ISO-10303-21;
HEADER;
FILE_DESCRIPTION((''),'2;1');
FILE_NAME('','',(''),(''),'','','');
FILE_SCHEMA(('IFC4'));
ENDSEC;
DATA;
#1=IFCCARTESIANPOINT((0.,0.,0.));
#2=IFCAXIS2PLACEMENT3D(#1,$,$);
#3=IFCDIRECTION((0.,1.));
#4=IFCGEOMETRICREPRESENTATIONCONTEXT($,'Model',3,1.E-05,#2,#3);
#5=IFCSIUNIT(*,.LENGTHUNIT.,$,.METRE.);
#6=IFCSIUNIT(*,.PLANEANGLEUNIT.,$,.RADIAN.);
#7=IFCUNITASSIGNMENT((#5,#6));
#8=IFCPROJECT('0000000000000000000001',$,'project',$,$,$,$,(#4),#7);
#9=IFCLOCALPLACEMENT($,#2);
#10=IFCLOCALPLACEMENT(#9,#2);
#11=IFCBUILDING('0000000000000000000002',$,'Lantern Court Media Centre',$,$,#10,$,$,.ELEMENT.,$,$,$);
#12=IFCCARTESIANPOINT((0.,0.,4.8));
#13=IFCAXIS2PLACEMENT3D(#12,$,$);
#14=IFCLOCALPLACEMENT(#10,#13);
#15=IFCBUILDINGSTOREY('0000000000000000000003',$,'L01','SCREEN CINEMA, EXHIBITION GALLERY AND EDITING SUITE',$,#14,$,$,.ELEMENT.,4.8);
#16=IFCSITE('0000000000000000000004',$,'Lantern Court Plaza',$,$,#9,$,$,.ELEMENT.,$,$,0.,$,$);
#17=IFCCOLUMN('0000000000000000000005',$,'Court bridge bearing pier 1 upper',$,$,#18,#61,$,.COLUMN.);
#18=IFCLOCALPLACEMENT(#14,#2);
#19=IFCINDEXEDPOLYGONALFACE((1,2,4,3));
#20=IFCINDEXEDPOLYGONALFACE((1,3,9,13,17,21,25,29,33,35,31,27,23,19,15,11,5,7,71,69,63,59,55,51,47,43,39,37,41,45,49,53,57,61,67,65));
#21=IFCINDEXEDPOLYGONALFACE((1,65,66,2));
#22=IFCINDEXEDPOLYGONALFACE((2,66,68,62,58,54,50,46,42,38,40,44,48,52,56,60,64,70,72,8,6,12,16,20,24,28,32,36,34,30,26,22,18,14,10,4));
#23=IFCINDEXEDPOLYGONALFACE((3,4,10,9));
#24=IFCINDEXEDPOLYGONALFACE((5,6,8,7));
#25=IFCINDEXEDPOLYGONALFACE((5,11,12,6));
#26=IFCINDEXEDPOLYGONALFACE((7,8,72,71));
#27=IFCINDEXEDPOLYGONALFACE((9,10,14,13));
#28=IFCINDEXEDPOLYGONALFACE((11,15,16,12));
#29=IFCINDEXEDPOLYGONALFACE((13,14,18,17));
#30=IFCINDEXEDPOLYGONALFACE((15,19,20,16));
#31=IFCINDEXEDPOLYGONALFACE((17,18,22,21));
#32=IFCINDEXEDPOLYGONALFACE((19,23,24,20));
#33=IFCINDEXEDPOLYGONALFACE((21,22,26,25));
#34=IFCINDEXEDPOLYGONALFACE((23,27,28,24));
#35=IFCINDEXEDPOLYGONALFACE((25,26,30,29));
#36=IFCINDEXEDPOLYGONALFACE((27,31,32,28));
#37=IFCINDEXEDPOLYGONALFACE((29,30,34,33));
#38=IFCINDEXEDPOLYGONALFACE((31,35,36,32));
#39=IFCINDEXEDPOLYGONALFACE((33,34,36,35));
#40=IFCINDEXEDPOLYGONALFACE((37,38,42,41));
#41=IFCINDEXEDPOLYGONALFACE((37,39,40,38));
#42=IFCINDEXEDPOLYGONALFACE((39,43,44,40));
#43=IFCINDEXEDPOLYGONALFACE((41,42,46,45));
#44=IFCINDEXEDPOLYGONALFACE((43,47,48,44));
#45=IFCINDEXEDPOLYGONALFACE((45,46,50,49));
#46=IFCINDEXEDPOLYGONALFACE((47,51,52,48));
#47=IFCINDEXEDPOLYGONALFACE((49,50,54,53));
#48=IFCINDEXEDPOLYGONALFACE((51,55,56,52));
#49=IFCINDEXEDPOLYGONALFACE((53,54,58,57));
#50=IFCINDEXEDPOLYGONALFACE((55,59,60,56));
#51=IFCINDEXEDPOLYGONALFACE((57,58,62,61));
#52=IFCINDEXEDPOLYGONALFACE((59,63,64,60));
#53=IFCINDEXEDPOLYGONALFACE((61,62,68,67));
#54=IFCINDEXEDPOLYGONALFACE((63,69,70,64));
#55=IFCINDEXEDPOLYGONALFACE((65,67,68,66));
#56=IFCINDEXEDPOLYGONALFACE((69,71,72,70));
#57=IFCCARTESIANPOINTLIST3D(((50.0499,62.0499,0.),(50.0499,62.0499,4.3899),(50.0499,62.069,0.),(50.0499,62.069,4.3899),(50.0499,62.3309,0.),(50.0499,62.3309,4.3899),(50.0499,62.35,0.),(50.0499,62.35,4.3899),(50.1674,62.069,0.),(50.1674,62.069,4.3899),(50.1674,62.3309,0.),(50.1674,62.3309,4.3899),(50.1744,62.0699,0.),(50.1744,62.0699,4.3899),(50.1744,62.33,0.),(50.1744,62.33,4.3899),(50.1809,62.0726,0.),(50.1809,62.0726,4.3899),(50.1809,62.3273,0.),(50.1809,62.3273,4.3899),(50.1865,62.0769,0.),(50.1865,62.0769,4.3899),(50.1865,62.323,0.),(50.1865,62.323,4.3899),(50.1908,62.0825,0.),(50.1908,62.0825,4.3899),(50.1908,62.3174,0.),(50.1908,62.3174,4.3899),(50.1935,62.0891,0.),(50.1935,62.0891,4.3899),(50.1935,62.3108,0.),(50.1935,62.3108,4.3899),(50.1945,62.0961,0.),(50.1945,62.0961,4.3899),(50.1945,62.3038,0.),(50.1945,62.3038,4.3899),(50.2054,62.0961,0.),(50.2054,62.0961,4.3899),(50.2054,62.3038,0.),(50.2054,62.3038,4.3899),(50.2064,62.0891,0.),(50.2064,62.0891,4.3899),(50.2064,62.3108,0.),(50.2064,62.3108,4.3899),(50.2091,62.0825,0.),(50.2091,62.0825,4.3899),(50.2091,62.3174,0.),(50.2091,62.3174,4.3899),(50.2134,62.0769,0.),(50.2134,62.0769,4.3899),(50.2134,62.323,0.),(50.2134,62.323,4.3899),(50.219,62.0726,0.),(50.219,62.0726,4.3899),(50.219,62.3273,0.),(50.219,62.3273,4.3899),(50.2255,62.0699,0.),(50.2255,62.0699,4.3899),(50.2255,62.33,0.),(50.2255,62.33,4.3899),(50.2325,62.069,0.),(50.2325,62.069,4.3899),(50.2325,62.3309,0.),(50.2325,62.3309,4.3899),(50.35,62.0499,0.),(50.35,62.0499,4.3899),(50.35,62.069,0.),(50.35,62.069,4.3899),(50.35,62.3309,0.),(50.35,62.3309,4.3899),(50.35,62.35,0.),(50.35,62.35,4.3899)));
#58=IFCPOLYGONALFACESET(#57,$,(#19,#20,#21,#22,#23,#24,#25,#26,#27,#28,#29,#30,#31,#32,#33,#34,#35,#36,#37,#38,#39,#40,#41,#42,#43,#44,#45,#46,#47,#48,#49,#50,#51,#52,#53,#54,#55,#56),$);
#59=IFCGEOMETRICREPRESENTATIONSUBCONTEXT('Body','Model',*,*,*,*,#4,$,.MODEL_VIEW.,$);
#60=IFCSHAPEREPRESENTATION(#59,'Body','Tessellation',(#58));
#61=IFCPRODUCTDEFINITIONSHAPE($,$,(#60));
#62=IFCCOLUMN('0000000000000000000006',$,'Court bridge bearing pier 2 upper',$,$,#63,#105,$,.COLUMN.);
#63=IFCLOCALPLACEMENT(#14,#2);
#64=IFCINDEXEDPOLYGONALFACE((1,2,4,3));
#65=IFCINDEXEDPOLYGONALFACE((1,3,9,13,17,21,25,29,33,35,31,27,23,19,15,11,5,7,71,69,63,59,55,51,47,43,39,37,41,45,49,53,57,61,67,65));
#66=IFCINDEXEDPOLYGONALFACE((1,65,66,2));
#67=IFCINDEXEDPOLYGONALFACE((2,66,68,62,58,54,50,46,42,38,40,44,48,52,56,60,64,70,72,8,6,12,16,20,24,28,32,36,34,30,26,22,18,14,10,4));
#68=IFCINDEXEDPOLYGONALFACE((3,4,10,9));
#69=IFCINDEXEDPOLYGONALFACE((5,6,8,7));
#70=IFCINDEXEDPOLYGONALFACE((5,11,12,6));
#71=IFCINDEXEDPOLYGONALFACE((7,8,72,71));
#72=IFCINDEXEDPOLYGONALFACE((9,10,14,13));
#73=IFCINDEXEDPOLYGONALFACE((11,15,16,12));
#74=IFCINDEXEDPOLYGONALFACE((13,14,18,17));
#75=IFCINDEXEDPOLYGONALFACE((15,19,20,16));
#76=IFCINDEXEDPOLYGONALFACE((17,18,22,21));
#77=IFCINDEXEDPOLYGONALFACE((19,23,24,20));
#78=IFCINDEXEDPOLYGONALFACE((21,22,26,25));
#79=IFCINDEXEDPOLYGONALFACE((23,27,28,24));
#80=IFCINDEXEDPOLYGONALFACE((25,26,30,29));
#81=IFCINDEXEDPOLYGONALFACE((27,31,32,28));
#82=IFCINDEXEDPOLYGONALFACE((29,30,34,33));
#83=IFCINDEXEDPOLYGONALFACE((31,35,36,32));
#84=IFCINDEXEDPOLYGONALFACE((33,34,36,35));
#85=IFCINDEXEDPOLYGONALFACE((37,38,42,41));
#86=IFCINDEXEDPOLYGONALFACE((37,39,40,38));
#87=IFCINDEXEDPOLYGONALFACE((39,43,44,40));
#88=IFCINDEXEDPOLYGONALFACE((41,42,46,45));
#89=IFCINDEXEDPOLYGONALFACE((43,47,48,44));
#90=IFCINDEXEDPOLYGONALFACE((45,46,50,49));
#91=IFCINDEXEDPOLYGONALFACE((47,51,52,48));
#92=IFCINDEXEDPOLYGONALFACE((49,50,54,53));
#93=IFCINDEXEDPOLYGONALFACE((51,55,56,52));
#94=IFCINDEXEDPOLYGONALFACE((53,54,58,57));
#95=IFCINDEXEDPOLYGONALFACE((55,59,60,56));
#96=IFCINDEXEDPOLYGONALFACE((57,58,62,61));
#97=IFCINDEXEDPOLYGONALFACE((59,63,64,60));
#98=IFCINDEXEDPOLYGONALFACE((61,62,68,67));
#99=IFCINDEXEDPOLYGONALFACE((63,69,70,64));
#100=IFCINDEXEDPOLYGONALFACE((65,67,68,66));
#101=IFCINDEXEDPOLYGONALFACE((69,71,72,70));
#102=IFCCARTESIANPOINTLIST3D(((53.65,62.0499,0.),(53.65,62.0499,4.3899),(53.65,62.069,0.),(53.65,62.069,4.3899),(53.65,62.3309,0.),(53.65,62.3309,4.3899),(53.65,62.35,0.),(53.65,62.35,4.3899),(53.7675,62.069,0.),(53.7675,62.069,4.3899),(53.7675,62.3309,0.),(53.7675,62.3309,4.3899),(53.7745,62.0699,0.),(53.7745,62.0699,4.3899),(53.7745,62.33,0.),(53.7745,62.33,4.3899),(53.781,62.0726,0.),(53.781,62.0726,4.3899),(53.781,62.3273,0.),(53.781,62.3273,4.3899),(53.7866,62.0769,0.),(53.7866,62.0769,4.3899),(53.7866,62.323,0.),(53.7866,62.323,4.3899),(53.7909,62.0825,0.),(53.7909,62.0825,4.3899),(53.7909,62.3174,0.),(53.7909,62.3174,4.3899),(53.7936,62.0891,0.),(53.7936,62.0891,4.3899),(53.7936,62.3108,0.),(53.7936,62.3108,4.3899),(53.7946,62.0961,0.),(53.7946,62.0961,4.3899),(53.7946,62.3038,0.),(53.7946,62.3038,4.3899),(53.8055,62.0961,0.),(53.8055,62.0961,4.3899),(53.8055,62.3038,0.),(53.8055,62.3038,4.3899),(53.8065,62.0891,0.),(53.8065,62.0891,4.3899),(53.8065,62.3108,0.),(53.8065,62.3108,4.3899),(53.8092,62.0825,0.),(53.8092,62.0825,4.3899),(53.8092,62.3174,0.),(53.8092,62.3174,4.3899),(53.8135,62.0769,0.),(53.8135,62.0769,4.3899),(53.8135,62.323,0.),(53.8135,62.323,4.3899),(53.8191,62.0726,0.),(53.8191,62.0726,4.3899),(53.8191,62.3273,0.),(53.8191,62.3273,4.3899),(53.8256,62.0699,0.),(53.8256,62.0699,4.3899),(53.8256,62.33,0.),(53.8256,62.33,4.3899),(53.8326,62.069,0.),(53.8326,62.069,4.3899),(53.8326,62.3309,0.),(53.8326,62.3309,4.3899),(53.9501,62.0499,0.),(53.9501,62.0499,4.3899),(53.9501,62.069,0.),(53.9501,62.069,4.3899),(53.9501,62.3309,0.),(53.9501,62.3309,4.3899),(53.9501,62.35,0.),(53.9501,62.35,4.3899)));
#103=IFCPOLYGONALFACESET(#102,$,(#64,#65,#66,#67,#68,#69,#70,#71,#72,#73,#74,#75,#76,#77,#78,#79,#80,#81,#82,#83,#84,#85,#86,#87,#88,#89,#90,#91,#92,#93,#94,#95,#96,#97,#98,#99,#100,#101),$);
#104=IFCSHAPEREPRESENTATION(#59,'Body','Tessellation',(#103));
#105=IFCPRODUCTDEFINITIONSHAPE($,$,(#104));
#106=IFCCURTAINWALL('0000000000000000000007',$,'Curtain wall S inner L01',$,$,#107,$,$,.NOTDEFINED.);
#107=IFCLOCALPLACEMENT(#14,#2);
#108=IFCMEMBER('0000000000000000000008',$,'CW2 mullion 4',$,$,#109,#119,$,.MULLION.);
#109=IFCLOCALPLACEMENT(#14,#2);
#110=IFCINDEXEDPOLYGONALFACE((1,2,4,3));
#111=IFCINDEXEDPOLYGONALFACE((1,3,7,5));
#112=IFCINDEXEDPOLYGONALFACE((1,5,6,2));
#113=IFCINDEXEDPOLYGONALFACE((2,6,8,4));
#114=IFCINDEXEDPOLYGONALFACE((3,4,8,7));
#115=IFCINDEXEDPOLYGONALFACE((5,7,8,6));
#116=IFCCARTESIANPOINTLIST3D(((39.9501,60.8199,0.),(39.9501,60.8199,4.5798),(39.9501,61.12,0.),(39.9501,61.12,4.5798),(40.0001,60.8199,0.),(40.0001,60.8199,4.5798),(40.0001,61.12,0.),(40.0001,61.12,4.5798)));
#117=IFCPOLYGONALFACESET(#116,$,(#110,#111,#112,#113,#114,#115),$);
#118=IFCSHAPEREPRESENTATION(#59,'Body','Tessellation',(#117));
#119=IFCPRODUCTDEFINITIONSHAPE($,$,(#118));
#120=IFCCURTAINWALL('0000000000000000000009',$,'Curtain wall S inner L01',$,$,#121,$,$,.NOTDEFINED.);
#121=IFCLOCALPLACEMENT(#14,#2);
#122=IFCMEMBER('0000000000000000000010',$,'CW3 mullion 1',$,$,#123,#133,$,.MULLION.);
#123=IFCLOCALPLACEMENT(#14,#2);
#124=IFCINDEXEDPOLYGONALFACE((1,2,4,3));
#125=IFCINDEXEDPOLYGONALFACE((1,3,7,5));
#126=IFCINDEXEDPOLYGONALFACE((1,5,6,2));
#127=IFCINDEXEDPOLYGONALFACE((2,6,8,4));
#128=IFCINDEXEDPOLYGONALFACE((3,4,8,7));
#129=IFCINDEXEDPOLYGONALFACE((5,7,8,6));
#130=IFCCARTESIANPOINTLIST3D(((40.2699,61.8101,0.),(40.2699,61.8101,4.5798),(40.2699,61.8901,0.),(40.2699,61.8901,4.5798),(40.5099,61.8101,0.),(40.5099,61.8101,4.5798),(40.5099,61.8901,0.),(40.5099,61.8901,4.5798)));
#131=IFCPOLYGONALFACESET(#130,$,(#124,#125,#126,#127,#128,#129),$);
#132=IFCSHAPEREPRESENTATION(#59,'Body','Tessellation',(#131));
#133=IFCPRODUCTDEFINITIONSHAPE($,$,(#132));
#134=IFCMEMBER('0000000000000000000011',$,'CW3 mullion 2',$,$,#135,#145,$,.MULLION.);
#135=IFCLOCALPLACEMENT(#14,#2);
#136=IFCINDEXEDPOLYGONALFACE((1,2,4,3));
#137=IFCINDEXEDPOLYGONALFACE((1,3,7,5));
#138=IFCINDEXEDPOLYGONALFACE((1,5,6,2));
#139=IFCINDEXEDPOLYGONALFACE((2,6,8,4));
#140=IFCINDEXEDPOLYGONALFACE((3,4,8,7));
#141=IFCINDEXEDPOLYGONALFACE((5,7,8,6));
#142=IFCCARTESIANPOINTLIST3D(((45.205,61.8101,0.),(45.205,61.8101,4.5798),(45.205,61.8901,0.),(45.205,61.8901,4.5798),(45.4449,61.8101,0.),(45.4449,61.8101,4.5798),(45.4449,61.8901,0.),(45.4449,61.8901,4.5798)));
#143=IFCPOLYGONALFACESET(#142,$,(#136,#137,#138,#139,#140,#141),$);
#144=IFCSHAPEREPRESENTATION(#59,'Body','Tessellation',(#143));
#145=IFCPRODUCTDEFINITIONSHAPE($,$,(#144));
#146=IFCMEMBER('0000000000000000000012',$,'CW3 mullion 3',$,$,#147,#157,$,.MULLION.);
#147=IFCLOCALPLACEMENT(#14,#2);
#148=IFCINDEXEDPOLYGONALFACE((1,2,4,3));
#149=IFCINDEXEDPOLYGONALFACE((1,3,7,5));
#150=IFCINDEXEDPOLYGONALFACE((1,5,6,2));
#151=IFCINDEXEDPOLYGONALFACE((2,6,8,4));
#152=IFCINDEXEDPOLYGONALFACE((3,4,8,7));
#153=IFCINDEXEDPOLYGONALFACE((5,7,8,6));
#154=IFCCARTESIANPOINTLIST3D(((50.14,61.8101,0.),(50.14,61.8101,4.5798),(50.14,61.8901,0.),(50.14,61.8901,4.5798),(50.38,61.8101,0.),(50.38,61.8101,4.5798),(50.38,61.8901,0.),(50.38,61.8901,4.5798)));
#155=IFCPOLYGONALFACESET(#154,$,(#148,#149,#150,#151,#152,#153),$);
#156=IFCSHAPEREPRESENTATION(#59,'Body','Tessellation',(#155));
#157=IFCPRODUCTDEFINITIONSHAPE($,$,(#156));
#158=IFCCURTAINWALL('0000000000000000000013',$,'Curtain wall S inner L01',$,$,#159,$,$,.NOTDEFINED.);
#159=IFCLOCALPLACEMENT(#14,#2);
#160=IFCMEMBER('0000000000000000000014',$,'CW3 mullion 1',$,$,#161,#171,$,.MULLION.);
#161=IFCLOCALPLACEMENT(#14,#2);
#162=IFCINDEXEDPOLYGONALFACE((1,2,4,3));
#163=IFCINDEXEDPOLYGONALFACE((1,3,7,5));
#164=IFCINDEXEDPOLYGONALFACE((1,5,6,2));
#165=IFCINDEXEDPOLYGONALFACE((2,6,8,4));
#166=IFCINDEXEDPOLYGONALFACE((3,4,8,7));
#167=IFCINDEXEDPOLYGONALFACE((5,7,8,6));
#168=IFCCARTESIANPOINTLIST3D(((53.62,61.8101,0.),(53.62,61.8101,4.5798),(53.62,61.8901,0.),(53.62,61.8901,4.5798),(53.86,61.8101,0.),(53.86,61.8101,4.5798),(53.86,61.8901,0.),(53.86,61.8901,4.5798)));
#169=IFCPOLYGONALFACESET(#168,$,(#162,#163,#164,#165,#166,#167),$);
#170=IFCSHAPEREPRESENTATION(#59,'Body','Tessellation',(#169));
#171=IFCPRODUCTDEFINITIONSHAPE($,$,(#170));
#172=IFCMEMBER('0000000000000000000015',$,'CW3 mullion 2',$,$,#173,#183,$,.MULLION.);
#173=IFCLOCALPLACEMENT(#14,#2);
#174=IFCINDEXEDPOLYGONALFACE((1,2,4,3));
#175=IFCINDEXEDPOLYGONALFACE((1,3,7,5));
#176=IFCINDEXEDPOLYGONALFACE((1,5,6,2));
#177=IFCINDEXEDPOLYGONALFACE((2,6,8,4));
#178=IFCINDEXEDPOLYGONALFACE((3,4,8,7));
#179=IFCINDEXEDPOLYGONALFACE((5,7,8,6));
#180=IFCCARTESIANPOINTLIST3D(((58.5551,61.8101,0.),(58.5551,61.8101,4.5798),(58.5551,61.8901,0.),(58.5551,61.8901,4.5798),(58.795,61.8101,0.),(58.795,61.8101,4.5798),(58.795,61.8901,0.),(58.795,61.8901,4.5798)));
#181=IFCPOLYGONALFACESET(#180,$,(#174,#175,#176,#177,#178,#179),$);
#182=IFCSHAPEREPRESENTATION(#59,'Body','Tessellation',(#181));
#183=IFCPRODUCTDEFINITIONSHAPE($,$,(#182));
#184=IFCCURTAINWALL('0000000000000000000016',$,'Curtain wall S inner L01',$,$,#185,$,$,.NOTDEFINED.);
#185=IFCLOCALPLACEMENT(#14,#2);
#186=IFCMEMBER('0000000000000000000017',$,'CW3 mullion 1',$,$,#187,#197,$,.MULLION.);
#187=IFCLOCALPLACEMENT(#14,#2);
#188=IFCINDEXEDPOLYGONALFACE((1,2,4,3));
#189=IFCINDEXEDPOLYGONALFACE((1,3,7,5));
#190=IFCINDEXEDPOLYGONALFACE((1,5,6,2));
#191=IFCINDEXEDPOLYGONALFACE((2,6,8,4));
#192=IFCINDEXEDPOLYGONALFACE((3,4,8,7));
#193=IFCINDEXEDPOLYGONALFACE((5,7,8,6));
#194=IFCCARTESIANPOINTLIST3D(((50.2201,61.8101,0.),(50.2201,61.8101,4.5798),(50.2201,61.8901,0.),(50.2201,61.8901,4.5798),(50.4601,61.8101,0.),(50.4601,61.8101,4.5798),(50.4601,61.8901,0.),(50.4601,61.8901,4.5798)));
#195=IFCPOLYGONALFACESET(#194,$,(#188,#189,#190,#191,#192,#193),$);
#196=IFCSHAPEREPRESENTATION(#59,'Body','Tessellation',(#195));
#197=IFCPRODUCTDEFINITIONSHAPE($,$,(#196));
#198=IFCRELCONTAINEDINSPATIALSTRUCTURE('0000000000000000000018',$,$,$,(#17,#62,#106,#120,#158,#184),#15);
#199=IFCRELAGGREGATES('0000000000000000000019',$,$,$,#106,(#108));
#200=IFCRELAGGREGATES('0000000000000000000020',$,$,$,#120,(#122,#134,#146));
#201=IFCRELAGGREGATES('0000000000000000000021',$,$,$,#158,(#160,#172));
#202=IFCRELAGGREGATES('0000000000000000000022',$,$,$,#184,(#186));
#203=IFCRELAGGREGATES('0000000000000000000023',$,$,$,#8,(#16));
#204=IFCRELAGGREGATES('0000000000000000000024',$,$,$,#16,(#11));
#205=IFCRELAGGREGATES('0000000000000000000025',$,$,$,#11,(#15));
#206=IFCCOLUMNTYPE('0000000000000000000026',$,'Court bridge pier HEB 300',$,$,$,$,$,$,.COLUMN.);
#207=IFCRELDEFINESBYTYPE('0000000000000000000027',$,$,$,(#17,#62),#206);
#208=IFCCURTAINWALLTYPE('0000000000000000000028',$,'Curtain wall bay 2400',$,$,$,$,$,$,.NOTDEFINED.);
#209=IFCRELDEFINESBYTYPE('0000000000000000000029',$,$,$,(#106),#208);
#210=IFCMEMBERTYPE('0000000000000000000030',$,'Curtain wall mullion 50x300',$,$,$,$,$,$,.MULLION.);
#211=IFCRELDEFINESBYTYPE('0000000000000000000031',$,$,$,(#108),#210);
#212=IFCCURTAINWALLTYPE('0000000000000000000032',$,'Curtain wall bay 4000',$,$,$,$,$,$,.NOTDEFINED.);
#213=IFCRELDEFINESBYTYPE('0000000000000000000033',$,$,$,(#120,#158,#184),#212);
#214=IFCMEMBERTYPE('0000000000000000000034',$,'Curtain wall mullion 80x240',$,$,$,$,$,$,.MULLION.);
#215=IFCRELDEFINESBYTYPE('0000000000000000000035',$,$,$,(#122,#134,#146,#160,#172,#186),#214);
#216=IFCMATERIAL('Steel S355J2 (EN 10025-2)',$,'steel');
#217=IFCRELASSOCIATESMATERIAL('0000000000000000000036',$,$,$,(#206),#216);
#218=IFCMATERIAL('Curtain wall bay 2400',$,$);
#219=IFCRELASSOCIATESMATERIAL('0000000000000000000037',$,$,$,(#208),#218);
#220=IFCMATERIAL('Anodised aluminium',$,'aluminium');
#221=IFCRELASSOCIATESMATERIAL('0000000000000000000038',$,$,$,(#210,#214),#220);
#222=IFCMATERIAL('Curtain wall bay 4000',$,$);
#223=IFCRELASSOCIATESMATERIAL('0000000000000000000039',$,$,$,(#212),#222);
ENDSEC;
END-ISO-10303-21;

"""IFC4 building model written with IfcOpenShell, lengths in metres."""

from ifc_helpers import new_model, si_unit, direction, frame, origin, origin_2d, place, context, subcontext, project, spatial, rectangle, i_section, extrude, material, material_profile, profile_set, type_object, element, aggregate, save


model = new_model("IFC4")

# Units and contexts
model_context = context("Model", 3, precision=1e-05, world=origin(), true_north=direction((0.0, 1.0)))
body_context = subcontext(model_context, "Body", "Model", "MODEL_VIEW")
ifc_project = project(units=[si_unit("LENGTHUNIT", "METRE"), si_unit("PLANEANGLEUNIT", "RADIAN")], contexts=[model_context])

# Site, building, storey
site_placement = place(None, origin())
site = spatial("IfcSite", under=ifc_project, at=site_placement, Name="Lantern Court Plaza", CompositionType="ELEMENT", RefElevation=0.0)
building_placement = place(site_placement, origin())
building = spatial("IfcBuilding", under=site, at=building_placement, Name="Lantern Court Media Centre", CompositionType="ELEMENT")
storey_placement = place(building_placement, frame((0.0, 0.0, 4.8)))
storey = spatial("IfcBuildingStorey", under=building, at=storey_placement, Name="L01", Description="SCREEN CINEMA, EXHIBITION GALLERY AND EDITING SUITE", CompositionType="ELEMENT", Elevation=4.8)

# Columns
ifc_material_1 = material(Name="Steel S355J2 (EN 10025-2)", Category="steel")
ifc_material_profile_1 = material_profile(ifc_material_1, i_section(OverallWidth=0.3, OverallDepth=0.3, WebThickness=0.011, FlangeThickness=0.019, FilletRadius=0.0271, at=origin_2d()), Name="HEB 300")
ifc_profile_set_1 = profile_set([ifc_material_profile_1], Name="Steel S355J2 (EN 10025-2)")
column_type = type_object("IfcColumnType", Name="Court bridge pier HEB 300", PredefinedType="COLUMN", material=ifc_profile_set_1)
for number, where, z_axis, x_axis, name in (
    (1, (50.2, 62.2, 0.0), (0.0, 0.0, 1.0), (1.0, 0.0, 0.0), "Court bridge bearing pier 1 upper"),
    (2, (53.8, 62.2, 0.0), (0.0, 0.0, 1.0), (1.0, 0.0, 0.0), "Court bridge bearing pier 2 upper"),
):
    element("IfcColumn", number, at=place(storey_placement, frame(where, z_axis=z_axis, x_axis=x_axis)), inside=storey, type_object=column_type, Name=name, PredefinedType="COLUMN", context=body_context, shape_type="SweptSolid", body=[
        extrude(i_section(OverallWidth=0.3, OverallDepth=0.3, WebThickness=0.011, FlangeThickness=0.019, FilletRadius=0.0271, at=origin_2d()), origin(), (0.0, 0.0, 1.0), 4.3899),
    ])

# Curtain wall, member
ifc_material_2 = material(Name="Curtain wall bay 2400")
curtain_wall_type_1 = type_object("IfcCurtainWallType", Name="Curtain wall bay 2400", PredefinedType="NOTDEFINED", material=ifc_material_2)
curtain_wall_1_placement = place(storey_placement, origin())
curtain_wall_1 = element("IfcCurtainWall", 3, at=curtain_wall_1_placement, inside=storey, type_object=curtain_wall_type_1, Name="Curtain wall S inner L01", PredefinedType="NOTDEFINED")
ifc_material_3 = material(Name="Anodised aluminium", Category="aluminium")
ifc_material_profile_2 = material_profile(ifc_material_3, rectangle(XDim=0.3, YDim=0.05, at=origin_2d()), Name="AL 50x300")
ifc_profile_set_2 = profile_set([ifc_material_profile_2], Name="Anodised aluminium")
member_type_1 = type_object("IfcMemberType", Name="Curtain wall mullion 50x300", PredefinedType="MULLION", material=ifc_profile_set_2)
member_1_placement = place(storey_placement, frame((39.9751, 60.97, 0.0), z_axis=(0.0, 0.0, 1.0), x_axis=(0.0, 1.0, 0.0)))
member_1 = element("IfcMember", 4, at=member_1_placement, type_object=member_type_1, Name="CW2 mullion 4", PredefinedType="MULLION", context=body_context, shape_type="SweptSolid", body=[
    extrude(rectangle(XDim=0.3, YDim=0.05, at=origin_2d()), origin(), (0.0, 0.0, 1.0), 4.5798),
])
aggregate(curtain_wall_1, [member_1])

# Curtain walls, members
ifc_material_4 = material(Name="Curtain wall bay 4000")
curtain_wall_type_2 = type_object("IfcCurtainWallType", Name="Curtain wall bay 4000", PredefinedType="NOTDEFINED", material=ifc_material_4)
curtain_wall_2_placement = place(storey_placement, origin())
curtain_wall_2 = element("IfcCurtainWall", 5, at=curtain_wall_2_placement, inside=storey, type_object=curtain_wall_type_2, Name="Curtain wall S inner L01", PredefinedType="NOTDEFINED")
ifc_material_profile_3 = material_profile(ifc_material_3, rectangle(XDim=0.0801, YDim=0.24, at=origin_2d()), Name="AL 80x240")
ifc_profile_set_3 = profile_set([ifc_material_profile_3], Name="Anodised aluminium")
member_type_2 = type_object("IfcMemberType", Name="Curtain wall mullion 80x240", PredefinedType="MULLION", material=ifc_profile_set_3)
member_2_placement = place(storey_placement, frame((40.3899, 61.8501, 0.0), z_axis=(0.0, 0.0, 1.0), x_axis=(0.0, 1.0, 0.0)))
member_2 = element("IfcMember", 6, at=member_2_placement, type_object=member_type_2, Name="CW3 mullion 1", PredefinedType="MULLION", context=body_context, shape_type="SweptSolid", body=[
    extrude(rectangle(XDim=0.0801, YDim=0.24, at=origin_2d()), origin(), (0.0, 0.0, 1.0), 4.5798),
])
member_3_placement = place(storey_placement, frame((45.325, 61.8501, 0.0), z_axis=(0.0, 0.0, 1.0), x_axis=(0.0, 1.0, 0.0)))
member_3 = element("IfcMember", 7, at=member_3_placement, type_object=member_type_2, Name="CW3 mullion 2", PredefinedType="MULLION", context=body_context, shape_type="SweptSolid", body=[
    extrude(rectangle(XDim=0.0801, YDim=0.24, at=origin_2d()), origin(), (0.0, 0.0, 1.0), 4.5798),
])
member_4_placement = place(storey_placement, frame((50.26, 61.8501, 0.0), z_axis=(0.0, 0.0, 1.0), x_axis=(0.0, 1.0, 0.0)))
member_4 = element("IfcMember", 8, at=member_4_placement, type_object=member_type_2, Name="CW3 mullion 3", PredefinedType="MULLION", context=body_context, shape_type="SweptSolid", body=[
    extrude(rectangle(XDim=0.0801, YDim=0.24, at=origin_2d()), origin(), (0.0, 0.0, 1.0), 4.5798),
])
curtain_wall_3_placement = place(storey_placement, origin())
curtain_wall_3 = element("IfcCurtainWall", 9, at=curtain_wall_3_placement, inside=storey, type_object=curtain_wall_type_2, Name="Curtain wall S inner L01", PredefinedType="NOTDEFINED")
member_5_placement = place(storey_placement, frame((53.74, 61.8501, 0.0), z_axis=(0.0, 0.0, 1.0), x_axis=(0.0, 1.0, 0.0)))
member_5 = element("IfcMember", 10, at=member_5_placement, type_object=member_type_2, Name="CW3 mullion 1", PredefinedType="MULLION", context=body_context, shape_type="SweptSolid", body=[
    extrude(rectangle(XDim=0.0801, YDim=0.24, at=origin_2d()), origin(), (0.0, 0.0, 1.0), 4.5798),
])
member_6_placement = place(storey_placement, frame((58.675, 61.8501, 0.0), z_axis=(0.0, 0.0, 1.0), x_axis=(0.0, 1.0, 0.0)))
member_6 = element("IfcMember", 11, at=member_6_placement, type_object=member_type_2, Name="CW3 mullion 2", PredefinedType="MULLION", context=body_context, shape_type="SweptSolid", body=[
    extrude(rectangle(XDim=0.0801, YDim=0.24, at=origin_2d()), origin(), (0.0, 0.0, 1.0), 4.5798),
])
curtain_wall_4_placement = place(storey_placement, origin())
curtain_wall_4 = element("IfcCurtainWall", 12, at=curtain_wall_4_placement, inside=storey, type_object=curtain_wall_type_2, Name="Curtain wall S inner L01", PredefinedType="NOTDEFINED")
member_7_placement = place(storey_placement, frame((50.3401, 61.8501, 0.0), z_axis=(0.0, 0.0, 1.0), x_axis=(0.0, 1.0, 0.0)))
member_7 = element("IfcMember", 13, at=member_7_placement, type_object=member_type_2, Name="CW3 mullion 1", PredefinedType="MULLION", context=body_context, shape_type="SweptSolid", body=[
    extrude(rectangle(XDim=0.0801, YDim=0.24, at=origin_2d()), origin(), (0.0, 0.0, 1.0), 4.5798),
])

aggregate(curtain_wall_2, [member_2, member_3, member_4])
aggregate(curtain_wall_3, [member_5, member_6])
aggregate(curtain_wall_4, [member_7])

save(model, "model.ifc")
